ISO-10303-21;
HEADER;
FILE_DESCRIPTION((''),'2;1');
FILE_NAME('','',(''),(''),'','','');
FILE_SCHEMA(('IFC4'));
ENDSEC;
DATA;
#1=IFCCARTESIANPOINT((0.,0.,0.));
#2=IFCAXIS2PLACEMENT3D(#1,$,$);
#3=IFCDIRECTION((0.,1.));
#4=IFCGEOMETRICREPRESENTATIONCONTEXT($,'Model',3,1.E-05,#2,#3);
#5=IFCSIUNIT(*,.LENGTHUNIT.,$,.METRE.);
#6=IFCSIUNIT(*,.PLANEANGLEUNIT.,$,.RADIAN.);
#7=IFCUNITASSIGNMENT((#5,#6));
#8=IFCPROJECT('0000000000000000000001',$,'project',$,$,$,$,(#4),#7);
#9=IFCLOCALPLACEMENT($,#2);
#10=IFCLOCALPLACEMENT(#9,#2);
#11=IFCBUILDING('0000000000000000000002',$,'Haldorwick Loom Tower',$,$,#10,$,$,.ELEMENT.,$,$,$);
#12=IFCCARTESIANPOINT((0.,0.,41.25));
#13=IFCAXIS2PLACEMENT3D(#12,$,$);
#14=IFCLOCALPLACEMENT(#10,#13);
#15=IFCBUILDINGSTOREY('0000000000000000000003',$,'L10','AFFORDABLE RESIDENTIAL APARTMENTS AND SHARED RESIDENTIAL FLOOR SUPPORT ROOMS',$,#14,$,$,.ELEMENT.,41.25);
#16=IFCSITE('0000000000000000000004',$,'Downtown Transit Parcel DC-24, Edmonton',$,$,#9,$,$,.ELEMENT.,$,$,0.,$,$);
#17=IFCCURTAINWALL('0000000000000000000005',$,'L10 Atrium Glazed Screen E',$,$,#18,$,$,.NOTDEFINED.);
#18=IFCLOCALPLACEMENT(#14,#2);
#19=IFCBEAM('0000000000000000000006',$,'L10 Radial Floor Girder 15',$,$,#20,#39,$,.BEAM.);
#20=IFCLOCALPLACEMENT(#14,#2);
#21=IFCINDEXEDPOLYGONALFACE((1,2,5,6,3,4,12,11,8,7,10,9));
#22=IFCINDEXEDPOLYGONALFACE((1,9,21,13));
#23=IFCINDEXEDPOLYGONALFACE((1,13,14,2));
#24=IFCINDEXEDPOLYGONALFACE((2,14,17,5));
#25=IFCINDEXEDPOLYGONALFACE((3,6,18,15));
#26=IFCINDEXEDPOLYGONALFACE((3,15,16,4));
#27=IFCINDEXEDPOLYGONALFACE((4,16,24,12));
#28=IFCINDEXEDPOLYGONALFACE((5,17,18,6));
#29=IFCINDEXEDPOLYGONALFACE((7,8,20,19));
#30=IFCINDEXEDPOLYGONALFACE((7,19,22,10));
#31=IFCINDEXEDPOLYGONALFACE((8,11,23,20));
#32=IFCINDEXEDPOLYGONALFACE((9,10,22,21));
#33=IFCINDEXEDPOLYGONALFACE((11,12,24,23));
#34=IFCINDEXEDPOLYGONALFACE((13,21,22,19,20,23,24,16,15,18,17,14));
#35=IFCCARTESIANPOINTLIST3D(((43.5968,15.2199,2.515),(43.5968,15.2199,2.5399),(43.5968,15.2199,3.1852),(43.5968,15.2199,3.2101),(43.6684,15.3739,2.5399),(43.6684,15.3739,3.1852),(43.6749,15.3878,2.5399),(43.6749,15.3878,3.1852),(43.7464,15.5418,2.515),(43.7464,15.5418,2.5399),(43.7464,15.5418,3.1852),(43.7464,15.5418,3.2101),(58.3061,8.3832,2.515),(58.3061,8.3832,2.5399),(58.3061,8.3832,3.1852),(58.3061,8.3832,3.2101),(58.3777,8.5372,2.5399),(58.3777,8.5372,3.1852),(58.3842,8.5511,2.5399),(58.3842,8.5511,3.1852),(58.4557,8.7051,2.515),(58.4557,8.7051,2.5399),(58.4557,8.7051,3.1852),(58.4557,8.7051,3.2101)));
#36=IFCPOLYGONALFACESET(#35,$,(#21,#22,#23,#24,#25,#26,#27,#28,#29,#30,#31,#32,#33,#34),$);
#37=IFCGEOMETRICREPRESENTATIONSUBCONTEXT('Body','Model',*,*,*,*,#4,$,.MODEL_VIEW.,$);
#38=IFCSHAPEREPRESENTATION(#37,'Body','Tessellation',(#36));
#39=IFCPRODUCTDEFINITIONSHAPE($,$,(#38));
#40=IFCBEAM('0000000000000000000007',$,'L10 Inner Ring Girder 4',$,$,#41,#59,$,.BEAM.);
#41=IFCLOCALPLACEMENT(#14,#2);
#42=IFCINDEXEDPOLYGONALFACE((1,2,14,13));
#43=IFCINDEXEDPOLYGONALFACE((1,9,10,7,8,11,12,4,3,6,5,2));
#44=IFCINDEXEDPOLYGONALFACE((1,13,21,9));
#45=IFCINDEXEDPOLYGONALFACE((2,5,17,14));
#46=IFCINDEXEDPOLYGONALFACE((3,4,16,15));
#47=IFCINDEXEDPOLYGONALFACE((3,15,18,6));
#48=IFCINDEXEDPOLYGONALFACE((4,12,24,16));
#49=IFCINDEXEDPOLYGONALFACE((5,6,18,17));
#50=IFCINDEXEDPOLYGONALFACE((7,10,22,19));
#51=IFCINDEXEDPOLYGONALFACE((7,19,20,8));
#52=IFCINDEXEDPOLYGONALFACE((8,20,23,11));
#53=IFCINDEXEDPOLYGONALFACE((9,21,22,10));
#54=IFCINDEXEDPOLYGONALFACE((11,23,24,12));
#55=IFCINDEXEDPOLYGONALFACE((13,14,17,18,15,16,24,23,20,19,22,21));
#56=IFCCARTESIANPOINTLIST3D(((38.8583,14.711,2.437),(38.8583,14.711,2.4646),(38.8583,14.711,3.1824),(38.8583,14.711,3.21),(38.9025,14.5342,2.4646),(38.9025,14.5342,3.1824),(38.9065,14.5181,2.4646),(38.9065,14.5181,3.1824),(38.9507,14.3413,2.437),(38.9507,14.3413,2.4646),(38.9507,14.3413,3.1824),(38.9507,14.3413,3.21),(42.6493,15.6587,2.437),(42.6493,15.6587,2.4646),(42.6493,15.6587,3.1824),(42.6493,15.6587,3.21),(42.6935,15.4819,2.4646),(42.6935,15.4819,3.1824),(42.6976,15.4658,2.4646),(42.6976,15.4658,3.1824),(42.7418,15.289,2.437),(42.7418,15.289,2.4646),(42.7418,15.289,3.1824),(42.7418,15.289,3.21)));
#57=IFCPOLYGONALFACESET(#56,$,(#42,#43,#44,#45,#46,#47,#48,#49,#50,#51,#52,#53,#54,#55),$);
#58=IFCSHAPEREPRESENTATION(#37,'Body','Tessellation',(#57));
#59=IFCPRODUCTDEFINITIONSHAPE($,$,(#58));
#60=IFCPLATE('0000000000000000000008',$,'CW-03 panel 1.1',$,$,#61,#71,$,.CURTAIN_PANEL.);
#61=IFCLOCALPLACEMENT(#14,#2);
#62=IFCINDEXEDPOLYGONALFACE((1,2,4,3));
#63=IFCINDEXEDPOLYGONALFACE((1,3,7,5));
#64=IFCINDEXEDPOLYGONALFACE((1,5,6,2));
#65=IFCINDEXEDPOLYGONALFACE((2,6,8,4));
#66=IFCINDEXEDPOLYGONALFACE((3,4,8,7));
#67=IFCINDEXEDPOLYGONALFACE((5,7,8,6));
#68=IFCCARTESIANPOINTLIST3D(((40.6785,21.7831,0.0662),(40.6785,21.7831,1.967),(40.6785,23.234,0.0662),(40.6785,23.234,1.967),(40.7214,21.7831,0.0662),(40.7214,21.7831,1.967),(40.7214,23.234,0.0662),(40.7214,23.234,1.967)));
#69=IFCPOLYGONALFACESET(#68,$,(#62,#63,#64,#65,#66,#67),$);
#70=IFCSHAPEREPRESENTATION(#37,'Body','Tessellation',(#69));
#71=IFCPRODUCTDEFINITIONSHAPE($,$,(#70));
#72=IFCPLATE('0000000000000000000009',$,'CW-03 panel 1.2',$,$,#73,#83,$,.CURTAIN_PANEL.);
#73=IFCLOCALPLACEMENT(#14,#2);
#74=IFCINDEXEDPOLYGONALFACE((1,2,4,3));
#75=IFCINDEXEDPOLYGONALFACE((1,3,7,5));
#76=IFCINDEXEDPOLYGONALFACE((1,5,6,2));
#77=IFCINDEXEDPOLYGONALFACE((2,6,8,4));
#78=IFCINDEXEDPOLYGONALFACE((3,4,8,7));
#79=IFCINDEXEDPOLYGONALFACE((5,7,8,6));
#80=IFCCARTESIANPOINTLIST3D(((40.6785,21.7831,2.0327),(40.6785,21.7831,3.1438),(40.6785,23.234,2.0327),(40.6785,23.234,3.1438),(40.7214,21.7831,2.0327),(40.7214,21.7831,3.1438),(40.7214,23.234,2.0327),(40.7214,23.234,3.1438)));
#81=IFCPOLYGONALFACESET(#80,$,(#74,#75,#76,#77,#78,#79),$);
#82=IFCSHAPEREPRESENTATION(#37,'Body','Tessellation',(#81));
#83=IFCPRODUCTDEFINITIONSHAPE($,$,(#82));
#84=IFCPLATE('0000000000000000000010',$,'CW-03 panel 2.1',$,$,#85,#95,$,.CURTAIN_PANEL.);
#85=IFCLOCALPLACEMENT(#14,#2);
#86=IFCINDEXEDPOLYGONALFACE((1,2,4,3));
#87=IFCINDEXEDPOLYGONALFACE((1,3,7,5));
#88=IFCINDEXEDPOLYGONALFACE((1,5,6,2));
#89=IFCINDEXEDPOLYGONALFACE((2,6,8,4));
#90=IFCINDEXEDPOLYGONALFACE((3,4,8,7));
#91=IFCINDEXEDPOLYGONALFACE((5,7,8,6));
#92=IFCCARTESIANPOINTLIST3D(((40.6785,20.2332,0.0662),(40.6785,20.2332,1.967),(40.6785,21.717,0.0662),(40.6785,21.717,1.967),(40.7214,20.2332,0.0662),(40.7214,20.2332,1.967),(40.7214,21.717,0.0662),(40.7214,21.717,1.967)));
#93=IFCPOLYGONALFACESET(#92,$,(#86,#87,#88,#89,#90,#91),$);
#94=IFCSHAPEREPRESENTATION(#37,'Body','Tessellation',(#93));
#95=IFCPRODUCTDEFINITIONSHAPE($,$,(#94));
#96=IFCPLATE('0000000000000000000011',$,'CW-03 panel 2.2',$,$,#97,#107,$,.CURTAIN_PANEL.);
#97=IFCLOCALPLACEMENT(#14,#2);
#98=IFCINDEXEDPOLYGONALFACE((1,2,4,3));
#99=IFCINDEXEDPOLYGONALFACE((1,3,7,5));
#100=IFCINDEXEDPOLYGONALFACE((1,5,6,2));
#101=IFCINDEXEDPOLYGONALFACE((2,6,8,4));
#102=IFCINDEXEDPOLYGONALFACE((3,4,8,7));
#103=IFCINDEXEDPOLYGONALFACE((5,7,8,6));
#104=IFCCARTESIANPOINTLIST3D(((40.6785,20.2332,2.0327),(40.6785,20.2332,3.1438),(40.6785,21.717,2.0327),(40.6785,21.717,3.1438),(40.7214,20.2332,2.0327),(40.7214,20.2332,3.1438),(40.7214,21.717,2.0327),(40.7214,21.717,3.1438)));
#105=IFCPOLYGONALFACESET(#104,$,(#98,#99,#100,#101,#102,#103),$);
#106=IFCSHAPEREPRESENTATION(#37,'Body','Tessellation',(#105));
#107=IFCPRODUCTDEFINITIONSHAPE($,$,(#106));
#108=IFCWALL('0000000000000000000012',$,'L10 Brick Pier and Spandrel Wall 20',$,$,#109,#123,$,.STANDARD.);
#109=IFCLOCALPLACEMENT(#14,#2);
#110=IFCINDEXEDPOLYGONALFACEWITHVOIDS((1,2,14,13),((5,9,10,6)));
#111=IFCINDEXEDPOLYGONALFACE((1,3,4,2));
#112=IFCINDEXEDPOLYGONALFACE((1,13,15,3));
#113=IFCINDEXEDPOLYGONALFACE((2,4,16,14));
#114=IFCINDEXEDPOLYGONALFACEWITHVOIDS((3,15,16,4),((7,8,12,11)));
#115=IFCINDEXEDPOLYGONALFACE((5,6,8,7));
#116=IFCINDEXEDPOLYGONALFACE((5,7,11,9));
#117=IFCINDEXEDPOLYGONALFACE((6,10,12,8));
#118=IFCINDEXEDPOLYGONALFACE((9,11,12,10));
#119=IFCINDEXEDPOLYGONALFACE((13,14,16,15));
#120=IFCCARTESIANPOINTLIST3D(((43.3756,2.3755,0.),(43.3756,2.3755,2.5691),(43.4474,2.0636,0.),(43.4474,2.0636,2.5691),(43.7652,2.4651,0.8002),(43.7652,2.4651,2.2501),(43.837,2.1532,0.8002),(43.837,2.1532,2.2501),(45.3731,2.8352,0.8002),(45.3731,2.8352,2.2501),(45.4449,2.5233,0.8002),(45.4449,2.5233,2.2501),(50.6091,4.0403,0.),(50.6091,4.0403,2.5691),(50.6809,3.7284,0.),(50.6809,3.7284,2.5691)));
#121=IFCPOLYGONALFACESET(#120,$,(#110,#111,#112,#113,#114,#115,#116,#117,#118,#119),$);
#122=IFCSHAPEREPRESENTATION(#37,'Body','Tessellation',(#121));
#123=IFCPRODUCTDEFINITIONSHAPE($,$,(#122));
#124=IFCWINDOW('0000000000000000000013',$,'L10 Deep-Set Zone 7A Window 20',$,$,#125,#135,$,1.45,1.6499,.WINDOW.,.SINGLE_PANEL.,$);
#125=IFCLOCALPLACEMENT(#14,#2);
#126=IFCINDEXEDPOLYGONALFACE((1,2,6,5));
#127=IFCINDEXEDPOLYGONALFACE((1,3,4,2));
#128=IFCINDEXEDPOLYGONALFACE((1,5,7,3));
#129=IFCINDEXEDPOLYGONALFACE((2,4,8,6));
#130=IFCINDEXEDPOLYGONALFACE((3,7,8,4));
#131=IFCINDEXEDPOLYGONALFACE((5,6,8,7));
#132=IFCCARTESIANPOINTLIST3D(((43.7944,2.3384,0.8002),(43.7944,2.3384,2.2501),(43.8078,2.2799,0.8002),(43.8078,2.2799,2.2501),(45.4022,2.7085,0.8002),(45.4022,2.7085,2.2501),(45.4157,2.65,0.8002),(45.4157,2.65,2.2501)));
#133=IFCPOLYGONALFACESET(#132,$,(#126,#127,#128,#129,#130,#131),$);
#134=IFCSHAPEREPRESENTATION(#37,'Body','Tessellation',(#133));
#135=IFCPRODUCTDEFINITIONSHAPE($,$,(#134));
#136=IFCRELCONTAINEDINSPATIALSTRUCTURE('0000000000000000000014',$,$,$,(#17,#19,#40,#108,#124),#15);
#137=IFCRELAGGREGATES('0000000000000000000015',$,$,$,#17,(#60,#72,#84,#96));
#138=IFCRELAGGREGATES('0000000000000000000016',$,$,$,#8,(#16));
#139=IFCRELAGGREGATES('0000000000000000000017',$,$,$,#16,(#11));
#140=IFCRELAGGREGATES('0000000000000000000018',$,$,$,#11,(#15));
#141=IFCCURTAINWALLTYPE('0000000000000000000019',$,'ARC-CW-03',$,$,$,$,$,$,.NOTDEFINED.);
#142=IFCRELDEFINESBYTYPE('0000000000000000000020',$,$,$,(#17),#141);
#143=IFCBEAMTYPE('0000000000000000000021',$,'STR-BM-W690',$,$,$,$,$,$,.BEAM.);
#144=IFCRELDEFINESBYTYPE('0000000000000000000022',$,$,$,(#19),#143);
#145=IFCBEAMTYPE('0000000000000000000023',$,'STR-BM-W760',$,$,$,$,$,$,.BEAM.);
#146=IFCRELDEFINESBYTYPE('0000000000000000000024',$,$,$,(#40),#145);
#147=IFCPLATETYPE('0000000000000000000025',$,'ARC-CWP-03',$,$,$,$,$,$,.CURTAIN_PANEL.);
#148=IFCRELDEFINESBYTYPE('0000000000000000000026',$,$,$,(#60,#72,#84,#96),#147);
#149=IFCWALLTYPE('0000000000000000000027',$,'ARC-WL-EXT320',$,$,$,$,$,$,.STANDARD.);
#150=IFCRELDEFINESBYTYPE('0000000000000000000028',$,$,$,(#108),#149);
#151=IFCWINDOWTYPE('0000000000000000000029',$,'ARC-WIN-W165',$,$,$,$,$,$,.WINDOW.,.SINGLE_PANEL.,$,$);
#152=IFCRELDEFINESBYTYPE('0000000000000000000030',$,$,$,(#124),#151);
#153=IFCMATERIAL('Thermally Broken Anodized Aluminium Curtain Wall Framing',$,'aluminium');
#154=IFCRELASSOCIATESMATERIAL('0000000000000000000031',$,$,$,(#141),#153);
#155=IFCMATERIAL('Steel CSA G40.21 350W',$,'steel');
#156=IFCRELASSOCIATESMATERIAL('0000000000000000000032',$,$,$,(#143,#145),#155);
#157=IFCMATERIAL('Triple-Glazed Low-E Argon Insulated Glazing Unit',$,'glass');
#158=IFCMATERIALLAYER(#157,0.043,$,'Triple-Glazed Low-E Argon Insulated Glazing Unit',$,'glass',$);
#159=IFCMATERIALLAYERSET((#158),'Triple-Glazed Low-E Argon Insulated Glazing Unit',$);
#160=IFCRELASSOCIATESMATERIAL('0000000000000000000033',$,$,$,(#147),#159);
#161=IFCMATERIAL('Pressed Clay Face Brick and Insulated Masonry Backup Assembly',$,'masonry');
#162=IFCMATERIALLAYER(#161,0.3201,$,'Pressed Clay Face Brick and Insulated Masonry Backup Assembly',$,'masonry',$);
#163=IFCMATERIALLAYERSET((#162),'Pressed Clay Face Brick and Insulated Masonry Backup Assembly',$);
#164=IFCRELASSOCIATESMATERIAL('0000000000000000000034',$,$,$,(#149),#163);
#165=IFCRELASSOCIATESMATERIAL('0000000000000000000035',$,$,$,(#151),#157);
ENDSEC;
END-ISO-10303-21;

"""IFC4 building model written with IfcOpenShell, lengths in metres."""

from ifc_helpers import new_model, si_unit, direction, frame, frame_2d, origin, origin_2d, place, context, subcontext, project, spatial, rectangle, i_section, extrude, material, layer, layer_set, material_profile, profile_set, type_object, element, fill, aggregate, save


model = new_model("IFC4")

# Units and contexts
model_context = context("Model", 3, precision=1e-05, world=origin(), true_north=direction((0.0, 1.0)))
body_context = subcontext(model_context, "Body", "Model", "MODEL_VIEW")
ifc_project = project(units=[si_unit("LENGTHUNIT", "METRE"), si_unit("PLANEANGLEUNIT", "RADIAN")], contexts=[model_context])

# Site, building, storey
site_placement = place(None, origin())
site = spatial("IfcSite", under=ifc_project, at=site_placement, Name="Downtown Transit Parcel DC-24, Edmonton", CompositionType="ELEMENT", RefElevation=0.0)
building_placement = place(site_placement, origin())
building = spatial("IfcBuilding", under=site, at=building_placement, Name="Haldorwick Loom Tower", CompositionType="ELEMENT")
storey_placement = place(building_placement, frame((0.0, 0.0, 41.25)))
storey = spatial("IfcBuildingStorey", under=building, at=storey_placement, Name="L10", Description="AFFORDABLE RESIDENTIAL APARTMENTS AND SHARED RESIDENTIAL FLOOR SUPPORT ROOMS", CompositionType="ELEMENT", Elevation=41.25)

# Curtain wall
ifc_material_1 = material(Name="Thermally Broken Anodized Aluminium Curtain Wall Framing", Category="aluminium")
curtain_wall_type = type_object("IfcCurtainWallType", Name="ARC-CW-03", PredefinedType="NOTDEFINED", material=ifc_material_1)
curtain_wall_placement = place(storey_placement, origin())
curtain_wall = element("IfcCurtainWall", 1, at=curtain_wall_placement, inside=storey, type_object=curtain_wall_type, Name="L10 Atrium Glazed Screen E", PredefinedType="NOTDEFINED")

# Beams
ifc_material_2 = material(Name="Steel CSA G40.21 350W", Category="steel")
ifc_material_profile_1 = material_profile(ifc_material_2, i_section(OverallWidth=0.355, OverallDepth=0.6951, WebThickness=0.0154, FlangeThickness=0.0249, at=origin_2d()), Name="W690X217", Category="steel")
ifc_profile_set_1 = profile_set([ifc_material_profile_1], Name="Steel CSA G40.21 350W")
beam_type_1 = type_object("IfcBeamType", Name="STR-BM-W690", PredefinedType="BEAM", material=ifc_profile_set_1)
beam_1_placement = place(storey_placement, frame((43.6716, 15.3809, 2.8625), z_axis=(0.906835, -0.421486, 0.0), x_axis=(0.421486, 0.906835, 0.0)))
element("IfcBeam", 2, at=beam_1_placement, inside=storey, type_object=beam_type_1, Name="L10 Radial Floor Girder 15", PredefinedType="BEAM", context=body_context, shape_type="SweptSolid", body=[
    extrude(i_section(OverallWidth=0.355, OverallDepth=0.6951, WebThickness=0.0154, FlangeThickness=0.0249, at=origin_2d()), origin(), (0.0, 0.0, 1.0), 16.2205),
])
ifc_material_profile_2 = material_profile(ifc_material_2, i_section(OverallWidth=0.3811, OverallDepth=0.7729, WebThickness=0.0166, FlangeThickness=0.0276, at=origin_2d()), Name="W760X257", Category="steel")
ifc_profile_set_2 = profile_set([ifc_material_profile_2], Name="Steel CSA G40.21 350W")
beam_type_2 = type_object("IfcBeamType", Name="STR-BM-W760", PredefinedType="BEAM", material=ifc_profile_set_2)
beam_2_placement = place(storey_placement, frame((42.6956, 15.4739, 2.8235), z_axis=(-0.970143, -0.242536, 0.0), x_axis=(0.242536, -0.970143, 0.0)))
element("IfcBeam", 3, at=beam_2_placement, inside=storey, type_object=beam_type_2, Name="L10 Inner Ring Girder 4", PredefinedType="BEAM", context=body_context, shape_type="SweptSolid", body=[
    extrude(i_section(OverallWidth=0.3811, OverallDepth=0.7729, WebThickness=0.0166, FlangeThickness=0.0276, at=origin_2d()), origin(), (0.0, 0.0, 1.0), 3.9077),
])

# Plates
ifc_material_3 = material(Name="Triple-Glazed Low-E Argon Insulated Glazing Unit", Category="glass")
ifc_layer_1 = layer(ifc_material_3, 0.043, Name="Triple-Glazed Low-E Argon Insulated Glazing Unit", Category="glass")
ifc_layer_set_1 = layer_set([ifc_layer_1], Name="Triple-Glazed Low-E Argon Insulated Glazing Unit")
plate_type = type_object("IfcPlateType", Name="ARC-CWP-03", PredefinedType="CURTAIN_PANEL", material=ifc_layer_set_1)
plate_1_placement = place(storey_placement, frame((40.7, 22.5085, 0.0662), z_axis=(0.0, 0.0, 1.0), x_axis=(0.0, -1.0, 0.0)))
plate_1 = element("IfcPlate", 4, at=plate_1_placement, type_object=plate_type, Name="CW-03 panel 1.1", PredefinedType="CURTAIN_PANEL", context=body_context, shape_type="SweptSolid", body=[
    extrude(rectangle(XDim=1.4509, YDim=0.043, at=origin_2d()), origin(), (0.0, 0.0, 1.0), 1.9009),
])
plate_2_placement = place(storey_placement, frame((40.7, 22.5085, 2.0327), z_axis=(0.0, 0.0, 1.0), x_axis=(0.0, -1.0, 0.0)))
plate_2 = element("IfcPlate", 5, at=plate_2_placement, type_object=plate_type, Name="CW-03 panel 1.2", PredefinedType="CURTAIN_PANEL", context=body_context, shape_type="SweptSolid", body=[
    extrude(rectangle(XDim=1.4509, YDim=0.043, at=origin_2d()), origin(), (0.0, 0.0, 1.0), 1.1111),
])
plate_3_placement = place(storey_placement, frame((40.7, 20.9751, 0.0662), z_axis=(0.0, 0.0, 1.0), x_axis=(0.0, -1.0, 0.0)))
plate_3 = element("IfcPlate", 6, at=plate_3_placement, type_object=plate_type, Name="CW-03 panel 2.1", PredefinedType="CURTAIN_PANEL", context=body_context, shape_type="SweptSolid", body=[
    extrude(rectangle(XDim=1.4839, YDim=0.043, at=origin_2d()), origin(), (0.0, 0.0, 1.0), 1.9009),
])
plate_4_placement = place(storey_placement, frame((40.7, 20.9751, 2.0327), z_axis=(0.0, 0.0, 1.0), x_axis=(0.0, -1.0, 0.0)))
plate_4 = element("IfcPlate", 7, at=plate_4_placement, type_object=plate_type, Name="CW-03 panel 2.2", PredefinedType="CURTAIN_PANEL", context=body_context, shape_type="SweptSolid", body=[
    extrude(rectangle(XDim=1.4839, YDim=0.043, at=origin_2d()), origin(), (0.0, 0.0, 1.0), 1.1111),
])
aggregate(curtain_wall, [plate_1, plate_2, plate_3, plate_4])

# Wall, opening, window
ifc_material_4 = material(Name="Pressed Clay Face Brick and Insulated Masonry Backup Assembly", Category="masonry")
ifc_layer_2 = layer(ifc_material_4, 0.3201, Name="Pressed Clay Face Brick and Insulated Masonry Backup Assembly", Category="masonry")
ifc_layer_set_2 = layer_set([ifc_layer_2], Name="Pressed Clay Face Brick and Insulated Masonry Backup Assembly")
wall_type_1 = type_object("IfcWallType", Name="ARC-WL-EXT320", PredefinedType="STANDARD", material=ifc_layer_set_2)
wall_1_placement = place(storey_placement, frame((43.4114, 2.2195, 0.0), z_axis=(0.0, 0.0, 1.0), x_axis=(0.974522, 0.22429, 0.0)))
wall_1 = element("IfcWall", 8, at=wall_1_placement, inside=storey, type_object=wall_type_1, Name="L10 Brick Pier and Spandrel Wall 20", PredefinedType="STANDARD", context=body_context, shape_type="SweptSolid", body=[
    extrude(rectangle(XDim=7.4226, YDim=0.3201, at=frame_2d((3.7114, 0.0))), origin(), (0.0, 0.0, 1.0), 2.5691),
])
opening_1_placement = place(wall_1_placement, frame((0.3999, 0.0, 0.8)))
opening_1 = element("IfcOpeningElement", 9, at=opening_1_placement, cuts=wall_1, PredefinedType="OPENING", context=body_context, shape_type="SweptSolid", body=[
    extrude(rectangle(XDim=1.6499, YDim=1.45, at=frame_2d((0.825, 0.7251))), frame((0.0, 0.1699, 0.0), z_axis=(0.0, -1.0, 0.0), x_axis=(1.0, 0.0, 0.0)), (0.0, 0.0, 1.0), 0.3401),
])
window_type = type_object("IfcWindowType", Name="ARC-WIN-W165", PartitioningType="SINGLE_PANEL", PredefinedType="WINDOW", material=ifc_material_3)
window_placement = place(opening_1_placement, origin())
window = element("IfcWindow", 10, at=window_placement, inside=storey, type_object=window_type, Name="L10 Deep-Set Zone 7A Window 20", OverallHeight=1.45, OverallWidth=1.6499, PartitioningType="SINGLE_PANEL", PredefinedType="WINDOW", context=body_context, shape_type="SweptSolid", body=[
    extrude(rectangle(XDim=1.6499, YDim=1.45, at=frame_2d((0.825, 0.7251))), frame((0.0, 0.03, 0.0), z_axis=(0.0, -1.0, 0.0), x_axis=(1.0, 0.0, 0.0)), (0.0, 0.0, 1.0), 0.0601),
])
fill(opening_1, window)

save(model, "model.ifc")
